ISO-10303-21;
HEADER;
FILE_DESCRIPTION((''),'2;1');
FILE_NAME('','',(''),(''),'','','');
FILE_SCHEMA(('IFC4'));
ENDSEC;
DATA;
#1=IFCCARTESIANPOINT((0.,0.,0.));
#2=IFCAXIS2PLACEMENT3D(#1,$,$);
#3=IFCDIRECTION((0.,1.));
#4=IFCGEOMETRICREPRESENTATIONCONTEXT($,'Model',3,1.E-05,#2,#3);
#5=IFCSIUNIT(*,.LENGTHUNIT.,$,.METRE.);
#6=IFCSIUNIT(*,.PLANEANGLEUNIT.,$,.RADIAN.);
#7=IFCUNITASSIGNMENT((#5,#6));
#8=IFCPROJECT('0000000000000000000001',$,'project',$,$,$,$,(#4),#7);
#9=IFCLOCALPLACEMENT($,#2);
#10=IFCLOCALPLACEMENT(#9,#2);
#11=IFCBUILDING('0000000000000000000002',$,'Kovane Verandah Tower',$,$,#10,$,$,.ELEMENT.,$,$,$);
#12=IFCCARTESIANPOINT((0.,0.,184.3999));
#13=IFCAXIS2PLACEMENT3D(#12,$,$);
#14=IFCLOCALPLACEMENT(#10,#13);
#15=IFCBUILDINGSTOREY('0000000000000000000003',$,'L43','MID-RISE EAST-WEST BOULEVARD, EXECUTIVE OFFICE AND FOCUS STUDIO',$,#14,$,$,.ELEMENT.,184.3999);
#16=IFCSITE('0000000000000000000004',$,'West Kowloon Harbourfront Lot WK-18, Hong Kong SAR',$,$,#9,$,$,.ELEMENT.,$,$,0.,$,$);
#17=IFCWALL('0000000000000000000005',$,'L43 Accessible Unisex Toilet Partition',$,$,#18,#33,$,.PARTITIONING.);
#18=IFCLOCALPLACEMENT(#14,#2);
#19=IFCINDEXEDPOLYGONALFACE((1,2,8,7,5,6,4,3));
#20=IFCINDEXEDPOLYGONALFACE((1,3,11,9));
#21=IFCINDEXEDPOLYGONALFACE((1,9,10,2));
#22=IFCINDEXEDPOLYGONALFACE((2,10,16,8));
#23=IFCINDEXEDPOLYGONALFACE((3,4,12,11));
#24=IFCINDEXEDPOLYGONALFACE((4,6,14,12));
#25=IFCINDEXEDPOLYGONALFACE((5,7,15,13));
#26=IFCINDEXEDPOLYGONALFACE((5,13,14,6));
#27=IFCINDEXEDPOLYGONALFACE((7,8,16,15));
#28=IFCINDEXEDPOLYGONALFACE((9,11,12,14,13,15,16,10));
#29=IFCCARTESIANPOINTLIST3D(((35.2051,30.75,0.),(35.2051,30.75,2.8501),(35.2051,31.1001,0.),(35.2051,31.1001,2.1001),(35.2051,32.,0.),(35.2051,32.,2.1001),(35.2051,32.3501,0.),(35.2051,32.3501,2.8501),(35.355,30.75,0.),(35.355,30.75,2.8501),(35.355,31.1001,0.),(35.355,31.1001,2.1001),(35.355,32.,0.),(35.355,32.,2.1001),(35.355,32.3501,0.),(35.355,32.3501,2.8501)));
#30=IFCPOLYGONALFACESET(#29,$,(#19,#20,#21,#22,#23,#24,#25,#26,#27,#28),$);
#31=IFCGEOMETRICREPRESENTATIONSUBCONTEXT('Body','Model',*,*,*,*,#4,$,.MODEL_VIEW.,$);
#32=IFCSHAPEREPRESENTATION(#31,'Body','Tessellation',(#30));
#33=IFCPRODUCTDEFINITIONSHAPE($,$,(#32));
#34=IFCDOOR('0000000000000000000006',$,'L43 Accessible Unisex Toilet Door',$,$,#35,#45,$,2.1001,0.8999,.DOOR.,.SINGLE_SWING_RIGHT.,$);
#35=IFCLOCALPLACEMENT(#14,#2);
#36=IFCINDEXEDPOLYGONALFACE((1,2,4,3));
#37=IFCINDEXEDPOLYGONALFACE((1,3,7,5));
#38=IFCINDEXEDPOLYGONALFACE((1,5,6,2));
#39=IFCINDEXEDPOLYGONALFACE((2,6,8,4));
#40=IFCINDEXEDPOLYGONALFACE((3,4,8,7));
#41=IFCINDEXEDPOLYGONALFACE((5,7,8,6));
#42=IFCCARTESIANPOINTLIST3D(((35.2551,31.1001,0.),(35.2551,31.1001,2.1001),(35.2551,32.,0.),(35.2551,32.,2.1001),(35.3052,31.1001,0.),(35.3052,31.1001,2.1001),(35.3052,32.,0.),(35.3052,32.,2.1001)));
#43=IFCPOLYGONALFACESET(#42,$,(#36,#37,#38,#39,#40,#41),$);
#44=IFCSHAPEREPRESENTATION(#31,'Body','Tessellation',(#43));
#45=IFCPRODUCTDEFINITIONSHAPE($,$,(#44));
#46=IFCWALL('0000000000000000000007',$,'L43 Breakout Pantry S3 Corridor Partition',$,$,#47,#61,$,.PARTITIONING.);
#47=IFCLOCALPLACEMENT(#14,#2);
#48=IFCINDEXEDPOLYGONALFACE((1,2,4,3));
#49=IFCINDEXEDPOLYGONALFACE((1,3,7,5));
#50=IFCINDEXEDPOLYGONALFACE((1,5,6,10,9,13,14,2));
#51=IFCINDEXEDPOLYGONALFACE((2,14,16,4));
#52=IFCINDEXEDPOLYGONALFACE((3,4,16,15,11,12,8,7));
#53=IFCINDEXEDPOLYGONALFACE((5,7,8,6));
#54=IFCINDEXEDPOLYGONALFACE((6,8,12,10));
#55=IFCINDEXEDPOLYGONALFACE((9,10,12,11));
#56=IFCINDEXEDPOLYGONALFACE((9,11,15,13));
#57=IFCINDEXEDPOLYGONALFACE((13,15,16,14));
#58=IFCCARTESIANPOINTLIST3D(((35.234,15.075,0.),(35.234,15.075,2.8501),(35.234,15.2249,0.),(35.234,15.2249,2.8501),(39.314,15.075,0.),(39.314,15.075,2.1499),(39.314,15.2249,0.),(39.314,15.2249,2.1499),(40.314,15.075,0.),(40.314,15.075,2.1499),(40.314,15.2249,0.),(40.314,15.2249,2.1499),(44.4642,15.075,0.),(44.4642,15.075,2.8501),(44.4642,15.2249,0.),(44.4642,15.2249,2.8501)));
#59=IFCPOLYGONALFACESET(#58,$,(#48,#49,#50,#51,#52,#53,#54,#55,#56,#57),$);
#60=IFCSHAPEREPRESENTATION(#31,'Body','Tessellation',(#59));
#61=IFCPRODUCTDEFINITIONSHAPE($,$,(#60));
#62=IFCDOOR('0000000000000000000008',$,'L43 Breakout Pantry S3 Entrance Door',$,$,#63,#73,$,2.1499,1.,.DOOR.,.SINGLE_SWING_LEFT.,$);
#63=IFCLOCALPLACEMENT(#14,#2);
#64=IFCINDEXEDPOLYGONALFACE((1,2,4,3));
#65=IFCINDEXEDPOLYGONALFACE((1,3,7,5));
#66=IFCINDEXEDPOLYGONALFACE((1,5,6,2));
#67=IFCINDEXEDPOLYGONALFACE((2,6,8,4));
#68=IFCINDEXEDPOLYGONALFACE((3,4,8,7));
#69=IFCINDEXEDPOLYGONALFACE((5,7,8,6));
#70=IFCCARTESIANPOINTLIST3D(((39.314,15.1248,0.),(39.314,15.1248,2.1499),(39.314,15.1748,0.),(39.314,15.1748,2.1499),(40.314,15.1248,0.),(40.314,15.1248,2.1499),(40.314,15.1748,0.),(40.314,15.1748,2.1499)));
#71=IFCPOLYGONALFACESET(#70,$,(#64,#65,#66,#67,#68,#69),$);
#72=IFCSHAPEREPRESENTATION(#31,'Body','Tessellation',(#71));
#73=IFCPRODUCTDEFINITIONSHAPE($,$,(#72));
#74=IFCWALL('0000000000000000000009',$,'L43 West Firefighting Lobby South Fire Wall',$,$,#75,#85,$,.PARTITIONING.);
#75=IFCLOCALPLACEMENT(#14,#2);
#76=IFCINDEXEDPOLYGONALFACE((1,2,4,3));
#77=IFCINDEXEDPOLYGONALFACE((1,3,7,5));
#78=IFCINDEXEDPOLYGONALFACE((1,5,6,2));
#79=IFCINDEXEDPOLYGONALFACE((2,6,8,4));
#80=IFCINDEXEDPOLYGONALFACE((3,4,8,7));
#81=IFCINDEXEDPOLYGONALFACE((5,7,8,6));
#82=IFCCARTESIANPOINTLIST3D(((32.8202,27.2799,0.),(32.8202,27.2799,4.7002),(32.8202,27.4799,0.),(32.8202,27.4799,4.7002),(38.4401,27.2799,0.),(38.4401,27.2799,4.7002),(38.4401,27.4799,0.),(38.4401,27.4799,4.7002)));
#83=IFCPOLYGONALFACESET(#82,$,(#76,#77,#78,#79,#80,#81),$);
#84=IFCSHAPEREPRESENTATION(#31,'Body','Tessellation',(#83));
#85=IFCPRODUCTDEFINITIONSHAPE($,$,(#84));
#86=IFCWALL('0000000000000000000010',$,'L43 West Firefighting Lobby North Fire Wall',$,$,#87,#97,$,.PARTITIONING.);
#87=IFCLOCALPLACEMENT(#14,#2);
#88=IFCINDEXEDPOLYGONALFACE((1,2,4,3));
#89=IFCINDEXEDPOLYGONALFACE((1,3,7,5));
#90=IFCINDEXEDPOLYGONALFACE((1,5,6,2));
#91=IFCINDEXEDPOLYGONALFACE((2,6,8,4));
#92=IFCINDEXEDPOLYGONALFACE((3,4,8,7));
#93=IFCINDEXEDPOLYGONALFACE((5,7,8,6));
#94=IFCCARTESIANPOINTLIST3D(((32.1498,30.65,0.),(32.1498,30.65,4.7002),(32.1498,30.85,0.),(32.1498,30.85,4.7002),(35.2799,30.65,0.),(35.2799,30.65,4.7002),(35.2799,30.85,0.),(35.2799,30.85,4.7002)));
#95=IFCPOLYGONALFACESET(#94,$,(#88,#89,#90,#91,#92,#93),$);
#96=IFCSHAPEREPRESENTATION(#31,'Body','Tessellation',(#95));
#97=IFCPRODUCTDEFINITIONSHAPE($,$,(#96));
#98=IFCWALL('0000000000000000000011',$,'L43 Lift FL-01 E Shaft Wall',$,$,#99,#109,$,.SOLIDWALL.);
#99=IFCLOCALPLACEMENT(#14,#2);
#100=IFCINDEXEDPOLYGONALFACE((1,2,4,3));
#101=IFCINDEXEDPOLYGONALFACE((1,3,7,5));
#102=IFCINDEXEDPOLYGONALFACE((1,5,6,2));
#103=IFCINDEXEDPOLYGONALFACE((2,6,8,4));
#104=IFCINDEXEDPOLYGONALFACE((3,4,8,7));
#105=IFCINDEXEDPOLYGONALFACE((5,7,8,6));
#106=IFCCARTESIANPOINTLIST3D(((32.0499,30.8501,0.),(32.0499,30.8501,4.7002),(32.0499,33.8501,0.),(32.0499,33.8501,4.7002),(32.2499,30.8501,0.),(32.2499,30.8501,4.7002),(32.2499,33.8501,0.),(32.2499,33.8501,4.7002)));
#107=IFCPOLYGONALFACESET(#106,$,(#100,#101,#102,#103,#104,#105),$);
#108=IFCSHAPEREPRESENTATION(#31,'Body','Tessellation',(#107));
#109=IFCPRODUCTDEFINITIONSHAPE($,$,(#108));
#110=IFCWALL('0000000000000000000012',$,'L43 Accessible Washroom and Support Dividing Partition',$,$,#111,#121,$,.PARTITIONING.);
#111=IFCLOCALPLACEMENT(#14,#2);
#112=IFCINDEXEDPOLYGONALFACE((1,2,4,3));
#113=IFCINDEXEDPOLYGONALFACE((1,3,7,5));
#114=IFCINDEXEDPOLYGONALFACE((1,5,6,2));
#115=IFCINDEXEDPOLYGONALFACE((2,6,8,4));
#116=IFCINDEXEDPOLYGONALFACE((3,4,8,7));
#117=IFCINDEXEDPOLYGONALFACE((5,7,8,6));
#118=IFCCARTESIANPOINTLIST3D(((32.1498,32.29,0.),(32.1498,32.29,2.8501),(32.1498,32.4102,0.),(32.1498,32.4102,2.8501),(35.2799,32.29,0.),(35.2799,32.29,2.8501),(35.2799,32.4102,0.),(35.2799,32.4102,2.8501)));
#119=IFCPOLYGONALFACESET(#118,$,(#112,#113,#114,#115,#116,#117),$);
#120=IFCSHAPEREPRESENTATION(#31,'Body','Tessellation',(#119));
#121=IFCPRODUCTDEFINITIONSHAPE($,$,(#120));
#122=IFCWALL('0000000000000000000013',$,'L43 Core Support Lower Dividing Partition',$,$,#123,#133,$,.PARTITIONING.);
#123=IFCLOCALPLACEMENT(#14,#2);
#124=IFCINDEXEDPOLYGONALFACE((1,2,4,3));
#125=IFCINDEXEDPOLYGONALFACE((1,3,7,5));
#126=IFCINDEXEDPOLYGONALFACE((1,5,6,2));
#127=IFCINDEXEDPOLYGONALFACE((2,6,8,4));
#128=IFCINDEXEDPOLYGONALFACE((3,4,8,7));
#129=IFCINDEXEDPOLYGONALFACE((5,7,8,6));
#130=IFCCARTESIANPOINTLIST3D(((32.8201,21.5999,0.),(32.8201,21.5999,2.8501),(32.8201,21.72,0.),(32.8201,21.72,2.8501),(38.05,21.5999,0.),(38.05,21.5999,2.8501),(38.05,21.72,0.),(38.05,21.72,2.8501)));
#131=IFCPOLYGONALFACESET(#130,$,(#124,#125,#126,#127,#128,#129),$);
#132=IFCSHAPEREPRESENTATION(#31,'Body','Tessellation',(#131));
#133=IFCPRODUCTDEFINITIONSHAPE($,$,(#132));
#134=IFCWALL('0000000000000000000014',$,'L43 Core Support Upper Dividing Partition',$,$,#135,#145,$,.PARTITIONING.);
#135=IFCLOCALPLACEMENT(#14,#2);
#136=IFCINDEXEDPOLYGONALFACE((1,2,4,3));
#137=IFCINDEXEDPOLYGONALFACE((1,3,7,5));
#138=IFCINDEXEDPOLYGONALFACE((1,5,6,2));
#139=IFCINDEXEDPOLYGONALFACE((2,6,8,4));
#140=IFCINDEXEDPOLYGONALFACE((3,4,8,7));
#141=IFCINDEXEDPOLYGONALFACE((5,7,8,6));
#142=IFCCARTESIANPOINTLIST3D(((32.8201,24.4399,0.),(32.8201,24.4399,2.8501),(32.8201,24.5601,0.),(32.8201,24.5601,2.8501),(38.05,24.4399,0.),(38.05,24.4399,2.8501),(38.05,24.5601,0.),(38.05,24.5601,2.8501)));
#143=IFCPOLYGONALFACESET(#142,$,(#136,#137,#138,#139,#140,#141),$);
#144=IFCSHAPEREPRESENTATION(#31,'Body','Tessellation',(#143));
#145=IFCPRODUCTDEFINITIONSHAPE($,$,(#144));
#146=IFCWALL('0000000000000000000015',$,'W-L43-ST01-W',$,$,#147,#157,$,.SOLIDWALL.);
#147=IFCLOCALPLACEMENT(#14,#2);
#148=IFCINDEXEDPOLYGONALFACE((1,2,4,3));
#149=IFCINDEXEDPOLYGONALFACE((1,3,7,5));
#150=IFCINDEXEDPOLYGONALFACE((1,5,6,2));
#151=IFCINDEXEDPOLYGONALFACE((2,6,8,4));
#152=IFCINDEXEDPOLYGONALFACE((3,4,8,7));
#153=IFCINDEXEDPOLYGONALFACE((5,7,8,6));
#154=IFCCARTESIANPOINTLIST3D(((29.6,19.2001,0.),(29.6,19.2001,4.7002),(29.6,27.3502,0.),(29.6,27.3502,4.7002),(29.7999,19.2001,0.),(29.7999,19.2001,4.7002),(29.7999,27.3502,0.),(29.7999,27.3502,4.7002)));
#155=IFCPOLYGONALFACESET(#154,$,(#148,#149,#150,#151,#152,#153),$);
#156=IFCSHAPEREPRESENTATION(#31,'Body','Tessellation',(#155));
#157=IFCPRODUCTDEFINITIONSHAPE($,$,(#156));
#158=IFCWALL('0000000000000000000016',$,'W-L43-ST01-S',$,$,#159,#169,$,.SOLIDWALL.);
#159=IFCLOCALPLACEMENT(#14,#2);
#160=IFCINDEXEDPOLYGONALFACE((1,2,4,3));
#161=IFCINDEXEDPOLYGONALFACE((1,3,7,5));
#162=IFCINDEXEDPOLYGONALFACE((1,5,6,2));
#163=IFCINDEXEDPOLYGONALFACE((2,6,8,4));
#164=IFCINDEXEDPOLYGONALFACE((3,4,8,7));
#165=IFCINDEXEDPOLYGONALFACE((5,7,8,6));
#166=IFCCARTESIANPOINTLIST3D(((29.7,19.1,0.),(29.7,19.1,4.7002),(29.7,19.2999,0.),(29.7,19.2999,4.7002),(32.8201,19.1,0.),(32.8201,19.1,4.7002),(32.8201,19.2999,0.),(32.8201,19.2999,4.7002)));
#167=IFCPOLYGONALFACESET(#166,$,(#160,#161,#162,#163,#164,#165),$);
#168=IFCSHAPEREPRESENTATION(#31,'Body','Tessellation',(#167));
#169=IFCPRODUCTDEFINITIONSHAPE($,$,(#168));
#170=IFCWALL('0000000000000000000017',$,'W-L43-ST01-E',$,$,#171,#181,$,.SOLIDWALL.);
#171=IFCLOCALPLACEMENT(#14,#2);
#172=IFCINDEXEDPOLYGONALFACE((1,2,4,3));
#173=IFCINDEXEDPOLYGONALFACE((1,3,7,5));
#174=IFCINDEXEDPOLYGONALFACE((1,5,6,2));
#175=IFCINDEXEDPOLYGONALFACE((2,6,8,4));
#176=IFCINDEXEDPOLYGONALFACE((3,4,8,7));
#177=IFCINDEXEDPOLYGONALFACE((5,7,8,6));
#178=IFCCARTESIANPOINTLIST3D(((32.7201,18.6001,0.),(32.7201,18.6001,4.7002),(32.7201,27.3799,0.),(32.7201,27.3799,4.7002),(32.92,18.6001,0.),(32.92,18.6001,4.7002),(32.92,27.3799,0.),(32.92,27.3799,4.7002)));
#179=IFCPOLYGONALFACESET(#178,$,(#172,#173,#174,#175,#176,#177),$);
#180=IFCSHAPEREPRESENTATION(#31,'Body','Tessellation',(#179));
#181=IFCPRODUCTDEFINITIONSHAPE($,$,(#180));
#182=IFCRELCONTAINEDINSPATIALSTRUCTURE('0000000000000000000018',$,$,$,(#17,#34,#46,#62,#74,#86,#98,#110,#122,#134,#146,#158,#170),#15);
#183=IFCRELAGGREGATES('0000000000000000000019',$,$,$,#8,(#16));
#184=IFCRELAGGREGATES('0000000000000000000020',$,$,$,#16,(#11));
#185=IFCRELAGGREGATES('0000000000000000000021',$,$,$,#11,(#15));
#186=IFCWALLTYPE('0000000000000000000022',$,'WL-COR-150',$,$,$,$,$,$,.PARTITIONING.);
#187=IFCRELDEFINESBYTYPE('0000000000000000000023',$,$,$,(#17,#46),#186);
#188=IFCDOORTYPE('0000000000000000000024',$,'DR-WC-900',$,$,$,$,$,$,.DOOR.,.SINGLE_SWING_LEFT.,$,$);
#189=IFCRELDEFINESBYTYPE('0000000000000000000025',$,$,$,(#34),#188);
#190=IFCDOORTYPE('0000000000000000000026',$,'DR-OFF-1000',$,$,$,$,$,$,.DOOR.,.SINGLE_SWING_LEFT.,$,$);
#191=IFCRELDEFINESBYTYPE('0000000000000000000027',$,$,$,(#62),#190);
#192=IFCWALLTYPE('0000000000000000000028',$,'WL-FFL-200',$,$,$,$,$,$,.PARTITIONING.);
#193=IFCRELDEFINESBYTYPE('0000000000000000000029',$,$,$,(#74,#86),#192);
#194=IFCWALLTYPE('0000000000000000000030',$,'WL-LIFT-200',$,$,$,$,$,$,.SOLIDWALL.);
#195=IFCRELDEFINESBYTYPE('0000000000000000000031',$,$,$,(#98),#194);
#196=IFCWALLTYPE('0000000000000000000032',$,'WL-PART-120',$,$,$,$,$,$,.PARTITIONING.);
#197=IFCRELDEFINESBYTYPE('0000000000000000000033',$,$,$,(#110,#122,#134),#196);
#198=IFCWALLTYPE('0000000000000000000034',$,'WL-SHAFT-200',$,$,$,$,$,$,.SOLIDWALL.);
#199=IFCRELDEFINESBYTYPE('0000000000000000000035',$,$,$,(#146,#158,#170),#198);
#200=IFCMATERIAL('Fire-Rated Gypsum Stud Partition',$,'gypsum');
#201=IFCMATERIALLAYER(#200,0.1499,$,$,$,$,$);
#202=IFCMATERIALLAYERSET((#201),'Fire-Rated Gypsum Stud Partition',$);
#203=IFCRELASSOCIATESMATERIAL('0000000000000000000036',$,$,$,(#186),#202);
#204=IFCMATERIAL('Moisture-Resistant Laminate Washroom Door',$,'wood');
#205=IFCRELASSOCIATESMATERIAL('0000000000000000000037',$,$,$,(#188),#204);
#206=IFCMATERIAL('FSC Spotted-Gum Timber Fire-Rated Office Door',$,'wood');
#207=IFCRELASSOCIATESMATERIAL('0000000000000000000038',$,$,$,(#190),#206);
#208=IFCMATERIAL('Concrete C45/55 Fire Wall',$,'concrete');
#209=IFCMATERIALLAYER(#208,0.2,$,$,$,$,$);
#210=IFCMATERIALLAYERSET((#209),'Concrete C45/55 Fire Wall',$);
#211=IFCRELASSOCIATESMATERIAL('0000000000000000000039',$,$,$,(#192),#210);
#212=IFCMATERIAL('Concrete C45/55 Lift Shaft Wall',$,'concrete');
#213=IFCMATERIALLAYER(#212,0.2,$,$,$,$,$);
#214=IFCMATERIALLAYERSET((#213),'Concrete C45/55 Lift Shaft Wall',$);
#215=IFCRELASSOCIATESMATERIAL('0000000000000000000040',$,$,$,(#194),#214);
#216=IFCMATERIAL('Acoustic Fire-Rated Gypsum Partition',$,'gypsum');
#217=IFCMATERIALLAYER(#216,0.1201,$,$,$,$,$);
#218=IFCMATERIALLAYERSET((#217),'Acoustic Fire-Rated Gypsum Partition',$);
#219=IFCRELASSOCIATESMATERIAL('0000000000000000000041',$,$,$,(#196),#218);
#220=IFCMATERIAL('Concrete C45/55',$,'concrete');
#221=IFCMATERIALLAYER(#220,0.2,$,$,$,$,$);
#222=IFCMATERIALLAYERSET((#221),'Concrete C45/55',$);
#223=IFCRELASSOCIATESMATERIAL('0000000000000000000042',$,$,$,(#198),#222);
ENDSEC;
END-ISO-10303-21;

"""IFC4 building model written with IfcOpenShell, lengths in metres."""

from ifc_helpers import new_model, si_unit, direction, frame, frame_2d, origin, place, context, subcontext, project, spatial, rectangle, extrude, material, layer, layer_set, type_object, element, fill, save


model = new_model("IFC4")

# Units and contexts
model_context = context("Model", 3, precision=1e-05, world=origin(), true_north=direction((0.0, 1.0)))
body_context = subcontext(model_context, "Body", "Model", "MODEL_VIEW")
ifc_project = project(units=[si_unit("LENGTHUNIT", "METRE"), si_unit("PLANEANGLEUNIT", "RADIAN")], contexts=[model_context])

# Site, building, storey
site_placement = place(None, origin())
site = spatial("IfcSite", under=ifc_project, at=site_placement, Name="West Kowloon Harbourfront Lot WK-18, Hong Kong SAR", CompositionType="ELEMENT", RefElevation=0.0)
building_placement = place(site_placement, origin())
building = spatial("IfcBuilding", under=site, at=building_placement, Name="Kovane Verandah Tower", CompositionType="ELEMENT")
storey_placement = place(building_placement, frame((0.0, 0.0, 184.3999)))
storey = spatial("IfcBuildingStorey", under=building, at=storey_placement, Name="L43", Description="MID-RISE EAST-WEST BOULEVARD, EXECUTIVE OFFICE AND FOCUS STUDIO", CompositionType="ELEMENT", Elevation=184.3999)

# Walls, openings, doors
ifc_material_1 = material(Name="Fire-Rated Gypsum Stud Partition", Category="gypsum")
ifc_layer_1 = layer(ifc_material_1, 0.1499)
ifc_layer_set_1 = layer_set([ifc_layer_1], Name="Fire-Rated Gypsum Stud Partition")
wall_type_1 = type_object("IfcWallType", Name="WL-COR-150", PredefinedType="PARTITIONING", material=ifc_layer_set_1)
wall_1_placement = place(storey_placement, frame((35.28, 30.75, 0.0), z_axis=(0.0, 0.0, 1.0), x_axis=(0.0, 1.0, 0.0)))
wall_1 = element("IfcWall", 1, at=wall_1_placement, inside=storey, type_object=wall_type_1, Name="L43 Accessible Unisex Toilet Partition", PredefinedType="PARTITIONING", context=body_context, shape_type="SweptSolid", body=[
    extrude(rectangle(XDim=1.6001, YDim=0.1499, at=frame_2d((0.8, 0.0))), origin(), (0.0, 0.0, 1.0), 2.8501),
])
opening_1_placement = place(wall_1_placement, frame((0.3501, 0.0, 0.0)))
opening_1 = element("IfcOpeningElement", 2, at=opening_1_placement, cuts=wall_1, PredefinedType="OPENING", context=body_context, shape_type="SweptSolid", body=[
    extrude(rectangle(XDim=0.8999, YDim=2.1001, at=frame_2d((0.45, 1.05))), frame((0.0, 0.075, 0.0), z_axis=(0.0, -1.0, 0.0), x_axis=(1.0, 0.0, 0.0)), (0.0, 0.0, 1.0), 0.1499),
])
ifc_material_2 = material(Name="Moisture-Resistant Laminate Washroom Door", Category="wood")
door_type_1 = type_object("IfcDoorType", Name="DR-WC-900", OperationType="SINGLE_SWING_LEFT", PredefinedType="DOOR", material=ifc_material_2)
door_1_placement = place(opening_1_placement, origin())
door_1 = element("IfcDoor", 3, at=door_1_placement, inside=storey, type_object=door_type_1, Name="L43 Accessible Unisex Toilet Door", OperationType="SINGLE_SWING_RIGHT", OverallHeight=2.1001, OverallWidth=0.8999, PredefinedType="DOOR", context=body_context, shape_type="SweptSolid", body=[
    extrude(rectangle(XDim=0.8999, YDim=2.1001, at=frame_2d((0.45, 1.05))), frame((0.0, 0.0249, 0.0), z_axis=(0.0, -1.0, 0.0), x_axis=(1.0, 0.0, 0.0)), (0.0, 0.0, 1.0), 0.05),
])
fill(opening_1, door_1)
ifc_material_3 = material(Name="FSC Spotted-Gum Timber Fire-Rated Office Door", Category="wood")
door_type_2 = type_object("IfcDoorType", Name="DR-OFF-1000", OperationType="SINGLE_SWING_LEFT", PredefinedType="DOOR", material=ifc_material_3)
wall_2_placement = place(storey_placement, frame((35.2339, 15.1499, 0.0), z_axis=(0.0, 0.0, 1.0), x_axis=(1.0, 0.0, 0.0)))
wall_2 = element("IfcWall", 4, at=wall_2_placement, inside=storey, type_object=wall_type_1, Name="L43 Breakout Pantry S3 Corridor Partition", PredefinedType="PARTITIONING", context=body_context, shape_type="SweptSolid", body=[
    extrude(rectangle(XDim=9.2302, YDim=0.1499, at=frame_2d((4.6152, 0.0))), origin(), (0.0, 0.0, 1.0), 2.8501),
])
opening_2_placement = place(wall_2_placement, frame((4.0801, 0.0, 0.0)))
opening_2 = element("IfcOpeningElement", 5, at=opening_2_placement, cuts=wall_2, PredefinedType="OPENING", context=body_context, shape_type="SweptSolid", body=[
    extrude(rectangle(XDim=1.0, YDim=2.1499, at=frame_2d((0.5, 1.075))), frame((0.0, 0.075, 0.0), z_axis=(0.0, -1.0, 0.0), x_axis=(1.0, 0.0, 0.0)), (0.0, 0.0, 1.0), 0.1499),
])
door_2_placement = place(opening_2_placement, origin())
door_2 = element("IfcDoor", 6, at=door_2_placement, inside=storey, type_object=door_type_2, Name="L43 Breakout Pantry S3 Entrance Door", OperationType="SINGLE_SWING_LEFT", OverallHeight=2.1499, OverallWidth=1.0, PredefinedType="DOOR", context=body_context, shape_type="SweptSolid", body=[
    extrude(rectangle(XDim=1.0, YDim=2.1499, at=frame_2d((0.5, 1.075))), frame((0.0, 0.0249, 0.0), z_axis=(0.0, -1.0, 0.0), x_axis=(1.0, 0.0, 0.0)), (0.0, 0.0, 1.0), 0.05),
])
fill(opening_2, door_2)
ifc_material_4 = material(Name="Concrete C45/55 Fire Wall", Category="concrete")
ifc_layer_2 = layer(ifc_material_4, 0.2)
ifc_layer_set_2 = layer_set([ifc_layer_2], Name="Concrete C45/55 Fire Wall")
wall_type_2 = type_object("IfcWallType", Name="WL-FFL-200", PredefinedType="PARTITIONING", material=ifc_layer_set_2)

# Walls
wall_3_placement = place(storey_placement, frame((32.8201, 27.3799, 0.0), z_axis=(0.0, 0.0, 1.0), x_axis=(1.0, 0.0, 0.0)))
element("IfcWall", 7, at=wall_3_placement, inside=storey, type_object=wall_type_2, Name="L43 West Firefighting Lobby South Fire Wall", PredefinedType="PARTITIONING", context=body_context, shape_type="SweptSolid", body=[
    extrude(rectangle(XDim=5.6199, YDim=0.2, at=frame_2d((2.8101, 0.0))), origin(), (0.0, 0.0, 1.0), 4.7002),
])
wall_4_placement = place(storey_placement, frame((32.1499, 30.75, 0.0), z_axis=(0.0, 0.0, 1.0), x_axis=(1.0, 0.0, 0.0)))
element("IfcWall", 8, at=wall_4_placement, inside=storey, type_object=wall_type_2, Name="L43 West Firefighting Lobby North Fire Wall", PredefinedType="PARTITIONING", context=body_context, shape_type="SweptSolid", body=[
    extrude(rectangle(XDim=3.1301, YDim=0.2, at=frame_2d((1.5649, 0.0))), origin(), (0.0, 0.0, 1.0), 4.7002),
])
ifc_material_5 = material(Name="Concrete C45/55 Lift Shaft Wall", Category="concrete")
ifc_layer_3 = layer(ifc_material_5, 0.2)
ifc_layer_set_3 = layer_set([ifc_layer_3], Name="Concrete C45/55 Lift Shaft Wall")
wall_type_3 = type_object("IfcWallType", Name="WL-LIFT-200", PredefinedType="SOLIDWALL", material=ifc_layer_set_3)
wall_5_placement = place(storey_placement, frame((32.1499, 30.8501, 0.0), z_axis=(0.0, 0.0, 1.0), x_axis=(0.0, 1.0, 0.0)))
element("IfcWall", 9, at=wall_5_placement, inside=storey, type_object=wall_type_3, Name="L43 Lift FL-01 E Shaft Wall", PredefinedType="SOLIDWALL", context=body_context, shape_type="SweptSolid", body=[
    extrude(rectangle(XDim=3.0, YDim=0.2, at=frame_2d((1.5, 0.0))), origin(), (0.0, 0.0, 1.0), 4.7002),
])
ifc_material_6 = material(Name="Acoustic Fire-Rated Gypsum Partition", Category="gypsum")
ifc_layer_4 = layer(ifc_material_6, 0.1201)
ifc_layer_set_4 = layer_set([ifc_layer_4], Name="Acoustic Fire-Rated Gypsum Partition")
wall_type_4 = type_object("IfcWallType", Name="WL-PART-120", PredefinedType="PARTITIONING", material=ifc_layer_set_4)
wall_6_placement = place(storey_placement, frame((32.1499, 32.3501, 0.0), z_axis=(0.0, 0.0, 1.0), x_axis=(1.0, 0.0, 0.0)))
element("IfcWall", 10, at=wall_6_placement, inside=storey, type_object=wall_type_4, Name="L43 Accessible Washroom and Support Dividing Partition", PredefinedType="PARTITIONING", context=body_context, shape_type="SweptSolid", body=[
    extrude(rectangle(XDim=3.1301, YDim=0.1201, at=frame_2d((1.5649, 0.0))), origin(), (0.0, 0.0, 1.0), 2.8501),
])
for number, where, z_axis, x_axis, name in (
    (11, (32.8201, 21.6599, 0.0), (0.0, 0.0, 1.0), (1.0, 0.0, 0.0), "L43 Core Support Lower Dividing Partition"),
    (12, (32.8201, 24.5, 0.0), (0.0, 0.0, 1.0), (1.0, 0.0, 0.0), "L43 Core Support Upper Dividing Partition"),
):
    element("IfcWall", number, at=place(storey_placement, frame(where, z_axis=z_axis, x_axis=x_axis)), inside=storey, type_object=wall_type_4, Name=name, PredefinedType="PARTITIONING", context=body_context, shape_type="SweptSolid", body=[
        extrude(rectangle(XDim=5.23, YDim=0.1201, at=frame_2d((2.615, 0.0))), origin(), (0.0, 0.0, 1.0), 2.8501),
    ])
ifc_material_7 = material(Name="Concrete C45/55", Category="concrete")
ifc_layer_5 = layer(ifc_material_7, 0.2)
ifc_layer_set_5 = layer_set([ifc_layer_5], Name="Concrete C45/55")
wall_type_5 = type_object("IfcWallType", Name="WL-SHAFT-200", PredefinedType="SOLIDWALL", material=ifc_layer_set_5)
wall_7_placement = place(storey_placement, frame((29.7, 19.2, 0.0), z_axis=(0.0, 0.0, 1.0), x_axis=(0.0, 1.0, 0.0)))
element("IfcWall", 13, at=wall_7_placement, inside=storey, type_object=wall_type_5, Name="W-L43-ST01-W", PredefinedType="SOLIDWALL", context=body_context, shape_type="SweptSolid", body=[
    extrude(rectangle(XDim=8.1501, YDim=0.2, at=frame_2d((4.0752, 0.0))), origin(), (0.0, 0.0, 1.0), 4.7002),
])
wall_8_placement = place(storey_placement, frame((29.7, 19.2, 0.0), z_axis=(0.0, 0.0, 1.0), x_axis=(1.0, 0.0, 0.0)))
element("IfcWall", 14, at=wall_8_placement, inside=storey, type_object=wall_type_5, Name="W-L43-ST01-S", PredefinedType="SOLIDWALL", context=body_context, shape_type="SweptSolid", body=[
    extrude(rectangle(XDim=3.1201, YDim=0.2, at=frame_2d((1.5601, 0.0))), origin(), (0.0, 0.0, 1.0), 4.7002),
])
wall_9_placement = place(storey_placement, frame((32.8201, 18.6001, 0.0), z_axis=(0.0, 0.0, 1.0), x_axis=(0.0, 1.0, 0.0)))
element("IfcWall", 15, at=wall_9_placement, inside=storey, type_object=wall_type_5, Name="W-L43-ST01-E", PredefinedType="SOLIDWALL", context=body_context, shape_type="SweptSolid", body=[
    extrude(rectangle(XDim=8.7798, YDim=0.2, at=frame_2d((4.3899, 0.0))), origin(), (0.0, 0.0, 1.0), 4.7002),
])

save(model, "model.ifc")
